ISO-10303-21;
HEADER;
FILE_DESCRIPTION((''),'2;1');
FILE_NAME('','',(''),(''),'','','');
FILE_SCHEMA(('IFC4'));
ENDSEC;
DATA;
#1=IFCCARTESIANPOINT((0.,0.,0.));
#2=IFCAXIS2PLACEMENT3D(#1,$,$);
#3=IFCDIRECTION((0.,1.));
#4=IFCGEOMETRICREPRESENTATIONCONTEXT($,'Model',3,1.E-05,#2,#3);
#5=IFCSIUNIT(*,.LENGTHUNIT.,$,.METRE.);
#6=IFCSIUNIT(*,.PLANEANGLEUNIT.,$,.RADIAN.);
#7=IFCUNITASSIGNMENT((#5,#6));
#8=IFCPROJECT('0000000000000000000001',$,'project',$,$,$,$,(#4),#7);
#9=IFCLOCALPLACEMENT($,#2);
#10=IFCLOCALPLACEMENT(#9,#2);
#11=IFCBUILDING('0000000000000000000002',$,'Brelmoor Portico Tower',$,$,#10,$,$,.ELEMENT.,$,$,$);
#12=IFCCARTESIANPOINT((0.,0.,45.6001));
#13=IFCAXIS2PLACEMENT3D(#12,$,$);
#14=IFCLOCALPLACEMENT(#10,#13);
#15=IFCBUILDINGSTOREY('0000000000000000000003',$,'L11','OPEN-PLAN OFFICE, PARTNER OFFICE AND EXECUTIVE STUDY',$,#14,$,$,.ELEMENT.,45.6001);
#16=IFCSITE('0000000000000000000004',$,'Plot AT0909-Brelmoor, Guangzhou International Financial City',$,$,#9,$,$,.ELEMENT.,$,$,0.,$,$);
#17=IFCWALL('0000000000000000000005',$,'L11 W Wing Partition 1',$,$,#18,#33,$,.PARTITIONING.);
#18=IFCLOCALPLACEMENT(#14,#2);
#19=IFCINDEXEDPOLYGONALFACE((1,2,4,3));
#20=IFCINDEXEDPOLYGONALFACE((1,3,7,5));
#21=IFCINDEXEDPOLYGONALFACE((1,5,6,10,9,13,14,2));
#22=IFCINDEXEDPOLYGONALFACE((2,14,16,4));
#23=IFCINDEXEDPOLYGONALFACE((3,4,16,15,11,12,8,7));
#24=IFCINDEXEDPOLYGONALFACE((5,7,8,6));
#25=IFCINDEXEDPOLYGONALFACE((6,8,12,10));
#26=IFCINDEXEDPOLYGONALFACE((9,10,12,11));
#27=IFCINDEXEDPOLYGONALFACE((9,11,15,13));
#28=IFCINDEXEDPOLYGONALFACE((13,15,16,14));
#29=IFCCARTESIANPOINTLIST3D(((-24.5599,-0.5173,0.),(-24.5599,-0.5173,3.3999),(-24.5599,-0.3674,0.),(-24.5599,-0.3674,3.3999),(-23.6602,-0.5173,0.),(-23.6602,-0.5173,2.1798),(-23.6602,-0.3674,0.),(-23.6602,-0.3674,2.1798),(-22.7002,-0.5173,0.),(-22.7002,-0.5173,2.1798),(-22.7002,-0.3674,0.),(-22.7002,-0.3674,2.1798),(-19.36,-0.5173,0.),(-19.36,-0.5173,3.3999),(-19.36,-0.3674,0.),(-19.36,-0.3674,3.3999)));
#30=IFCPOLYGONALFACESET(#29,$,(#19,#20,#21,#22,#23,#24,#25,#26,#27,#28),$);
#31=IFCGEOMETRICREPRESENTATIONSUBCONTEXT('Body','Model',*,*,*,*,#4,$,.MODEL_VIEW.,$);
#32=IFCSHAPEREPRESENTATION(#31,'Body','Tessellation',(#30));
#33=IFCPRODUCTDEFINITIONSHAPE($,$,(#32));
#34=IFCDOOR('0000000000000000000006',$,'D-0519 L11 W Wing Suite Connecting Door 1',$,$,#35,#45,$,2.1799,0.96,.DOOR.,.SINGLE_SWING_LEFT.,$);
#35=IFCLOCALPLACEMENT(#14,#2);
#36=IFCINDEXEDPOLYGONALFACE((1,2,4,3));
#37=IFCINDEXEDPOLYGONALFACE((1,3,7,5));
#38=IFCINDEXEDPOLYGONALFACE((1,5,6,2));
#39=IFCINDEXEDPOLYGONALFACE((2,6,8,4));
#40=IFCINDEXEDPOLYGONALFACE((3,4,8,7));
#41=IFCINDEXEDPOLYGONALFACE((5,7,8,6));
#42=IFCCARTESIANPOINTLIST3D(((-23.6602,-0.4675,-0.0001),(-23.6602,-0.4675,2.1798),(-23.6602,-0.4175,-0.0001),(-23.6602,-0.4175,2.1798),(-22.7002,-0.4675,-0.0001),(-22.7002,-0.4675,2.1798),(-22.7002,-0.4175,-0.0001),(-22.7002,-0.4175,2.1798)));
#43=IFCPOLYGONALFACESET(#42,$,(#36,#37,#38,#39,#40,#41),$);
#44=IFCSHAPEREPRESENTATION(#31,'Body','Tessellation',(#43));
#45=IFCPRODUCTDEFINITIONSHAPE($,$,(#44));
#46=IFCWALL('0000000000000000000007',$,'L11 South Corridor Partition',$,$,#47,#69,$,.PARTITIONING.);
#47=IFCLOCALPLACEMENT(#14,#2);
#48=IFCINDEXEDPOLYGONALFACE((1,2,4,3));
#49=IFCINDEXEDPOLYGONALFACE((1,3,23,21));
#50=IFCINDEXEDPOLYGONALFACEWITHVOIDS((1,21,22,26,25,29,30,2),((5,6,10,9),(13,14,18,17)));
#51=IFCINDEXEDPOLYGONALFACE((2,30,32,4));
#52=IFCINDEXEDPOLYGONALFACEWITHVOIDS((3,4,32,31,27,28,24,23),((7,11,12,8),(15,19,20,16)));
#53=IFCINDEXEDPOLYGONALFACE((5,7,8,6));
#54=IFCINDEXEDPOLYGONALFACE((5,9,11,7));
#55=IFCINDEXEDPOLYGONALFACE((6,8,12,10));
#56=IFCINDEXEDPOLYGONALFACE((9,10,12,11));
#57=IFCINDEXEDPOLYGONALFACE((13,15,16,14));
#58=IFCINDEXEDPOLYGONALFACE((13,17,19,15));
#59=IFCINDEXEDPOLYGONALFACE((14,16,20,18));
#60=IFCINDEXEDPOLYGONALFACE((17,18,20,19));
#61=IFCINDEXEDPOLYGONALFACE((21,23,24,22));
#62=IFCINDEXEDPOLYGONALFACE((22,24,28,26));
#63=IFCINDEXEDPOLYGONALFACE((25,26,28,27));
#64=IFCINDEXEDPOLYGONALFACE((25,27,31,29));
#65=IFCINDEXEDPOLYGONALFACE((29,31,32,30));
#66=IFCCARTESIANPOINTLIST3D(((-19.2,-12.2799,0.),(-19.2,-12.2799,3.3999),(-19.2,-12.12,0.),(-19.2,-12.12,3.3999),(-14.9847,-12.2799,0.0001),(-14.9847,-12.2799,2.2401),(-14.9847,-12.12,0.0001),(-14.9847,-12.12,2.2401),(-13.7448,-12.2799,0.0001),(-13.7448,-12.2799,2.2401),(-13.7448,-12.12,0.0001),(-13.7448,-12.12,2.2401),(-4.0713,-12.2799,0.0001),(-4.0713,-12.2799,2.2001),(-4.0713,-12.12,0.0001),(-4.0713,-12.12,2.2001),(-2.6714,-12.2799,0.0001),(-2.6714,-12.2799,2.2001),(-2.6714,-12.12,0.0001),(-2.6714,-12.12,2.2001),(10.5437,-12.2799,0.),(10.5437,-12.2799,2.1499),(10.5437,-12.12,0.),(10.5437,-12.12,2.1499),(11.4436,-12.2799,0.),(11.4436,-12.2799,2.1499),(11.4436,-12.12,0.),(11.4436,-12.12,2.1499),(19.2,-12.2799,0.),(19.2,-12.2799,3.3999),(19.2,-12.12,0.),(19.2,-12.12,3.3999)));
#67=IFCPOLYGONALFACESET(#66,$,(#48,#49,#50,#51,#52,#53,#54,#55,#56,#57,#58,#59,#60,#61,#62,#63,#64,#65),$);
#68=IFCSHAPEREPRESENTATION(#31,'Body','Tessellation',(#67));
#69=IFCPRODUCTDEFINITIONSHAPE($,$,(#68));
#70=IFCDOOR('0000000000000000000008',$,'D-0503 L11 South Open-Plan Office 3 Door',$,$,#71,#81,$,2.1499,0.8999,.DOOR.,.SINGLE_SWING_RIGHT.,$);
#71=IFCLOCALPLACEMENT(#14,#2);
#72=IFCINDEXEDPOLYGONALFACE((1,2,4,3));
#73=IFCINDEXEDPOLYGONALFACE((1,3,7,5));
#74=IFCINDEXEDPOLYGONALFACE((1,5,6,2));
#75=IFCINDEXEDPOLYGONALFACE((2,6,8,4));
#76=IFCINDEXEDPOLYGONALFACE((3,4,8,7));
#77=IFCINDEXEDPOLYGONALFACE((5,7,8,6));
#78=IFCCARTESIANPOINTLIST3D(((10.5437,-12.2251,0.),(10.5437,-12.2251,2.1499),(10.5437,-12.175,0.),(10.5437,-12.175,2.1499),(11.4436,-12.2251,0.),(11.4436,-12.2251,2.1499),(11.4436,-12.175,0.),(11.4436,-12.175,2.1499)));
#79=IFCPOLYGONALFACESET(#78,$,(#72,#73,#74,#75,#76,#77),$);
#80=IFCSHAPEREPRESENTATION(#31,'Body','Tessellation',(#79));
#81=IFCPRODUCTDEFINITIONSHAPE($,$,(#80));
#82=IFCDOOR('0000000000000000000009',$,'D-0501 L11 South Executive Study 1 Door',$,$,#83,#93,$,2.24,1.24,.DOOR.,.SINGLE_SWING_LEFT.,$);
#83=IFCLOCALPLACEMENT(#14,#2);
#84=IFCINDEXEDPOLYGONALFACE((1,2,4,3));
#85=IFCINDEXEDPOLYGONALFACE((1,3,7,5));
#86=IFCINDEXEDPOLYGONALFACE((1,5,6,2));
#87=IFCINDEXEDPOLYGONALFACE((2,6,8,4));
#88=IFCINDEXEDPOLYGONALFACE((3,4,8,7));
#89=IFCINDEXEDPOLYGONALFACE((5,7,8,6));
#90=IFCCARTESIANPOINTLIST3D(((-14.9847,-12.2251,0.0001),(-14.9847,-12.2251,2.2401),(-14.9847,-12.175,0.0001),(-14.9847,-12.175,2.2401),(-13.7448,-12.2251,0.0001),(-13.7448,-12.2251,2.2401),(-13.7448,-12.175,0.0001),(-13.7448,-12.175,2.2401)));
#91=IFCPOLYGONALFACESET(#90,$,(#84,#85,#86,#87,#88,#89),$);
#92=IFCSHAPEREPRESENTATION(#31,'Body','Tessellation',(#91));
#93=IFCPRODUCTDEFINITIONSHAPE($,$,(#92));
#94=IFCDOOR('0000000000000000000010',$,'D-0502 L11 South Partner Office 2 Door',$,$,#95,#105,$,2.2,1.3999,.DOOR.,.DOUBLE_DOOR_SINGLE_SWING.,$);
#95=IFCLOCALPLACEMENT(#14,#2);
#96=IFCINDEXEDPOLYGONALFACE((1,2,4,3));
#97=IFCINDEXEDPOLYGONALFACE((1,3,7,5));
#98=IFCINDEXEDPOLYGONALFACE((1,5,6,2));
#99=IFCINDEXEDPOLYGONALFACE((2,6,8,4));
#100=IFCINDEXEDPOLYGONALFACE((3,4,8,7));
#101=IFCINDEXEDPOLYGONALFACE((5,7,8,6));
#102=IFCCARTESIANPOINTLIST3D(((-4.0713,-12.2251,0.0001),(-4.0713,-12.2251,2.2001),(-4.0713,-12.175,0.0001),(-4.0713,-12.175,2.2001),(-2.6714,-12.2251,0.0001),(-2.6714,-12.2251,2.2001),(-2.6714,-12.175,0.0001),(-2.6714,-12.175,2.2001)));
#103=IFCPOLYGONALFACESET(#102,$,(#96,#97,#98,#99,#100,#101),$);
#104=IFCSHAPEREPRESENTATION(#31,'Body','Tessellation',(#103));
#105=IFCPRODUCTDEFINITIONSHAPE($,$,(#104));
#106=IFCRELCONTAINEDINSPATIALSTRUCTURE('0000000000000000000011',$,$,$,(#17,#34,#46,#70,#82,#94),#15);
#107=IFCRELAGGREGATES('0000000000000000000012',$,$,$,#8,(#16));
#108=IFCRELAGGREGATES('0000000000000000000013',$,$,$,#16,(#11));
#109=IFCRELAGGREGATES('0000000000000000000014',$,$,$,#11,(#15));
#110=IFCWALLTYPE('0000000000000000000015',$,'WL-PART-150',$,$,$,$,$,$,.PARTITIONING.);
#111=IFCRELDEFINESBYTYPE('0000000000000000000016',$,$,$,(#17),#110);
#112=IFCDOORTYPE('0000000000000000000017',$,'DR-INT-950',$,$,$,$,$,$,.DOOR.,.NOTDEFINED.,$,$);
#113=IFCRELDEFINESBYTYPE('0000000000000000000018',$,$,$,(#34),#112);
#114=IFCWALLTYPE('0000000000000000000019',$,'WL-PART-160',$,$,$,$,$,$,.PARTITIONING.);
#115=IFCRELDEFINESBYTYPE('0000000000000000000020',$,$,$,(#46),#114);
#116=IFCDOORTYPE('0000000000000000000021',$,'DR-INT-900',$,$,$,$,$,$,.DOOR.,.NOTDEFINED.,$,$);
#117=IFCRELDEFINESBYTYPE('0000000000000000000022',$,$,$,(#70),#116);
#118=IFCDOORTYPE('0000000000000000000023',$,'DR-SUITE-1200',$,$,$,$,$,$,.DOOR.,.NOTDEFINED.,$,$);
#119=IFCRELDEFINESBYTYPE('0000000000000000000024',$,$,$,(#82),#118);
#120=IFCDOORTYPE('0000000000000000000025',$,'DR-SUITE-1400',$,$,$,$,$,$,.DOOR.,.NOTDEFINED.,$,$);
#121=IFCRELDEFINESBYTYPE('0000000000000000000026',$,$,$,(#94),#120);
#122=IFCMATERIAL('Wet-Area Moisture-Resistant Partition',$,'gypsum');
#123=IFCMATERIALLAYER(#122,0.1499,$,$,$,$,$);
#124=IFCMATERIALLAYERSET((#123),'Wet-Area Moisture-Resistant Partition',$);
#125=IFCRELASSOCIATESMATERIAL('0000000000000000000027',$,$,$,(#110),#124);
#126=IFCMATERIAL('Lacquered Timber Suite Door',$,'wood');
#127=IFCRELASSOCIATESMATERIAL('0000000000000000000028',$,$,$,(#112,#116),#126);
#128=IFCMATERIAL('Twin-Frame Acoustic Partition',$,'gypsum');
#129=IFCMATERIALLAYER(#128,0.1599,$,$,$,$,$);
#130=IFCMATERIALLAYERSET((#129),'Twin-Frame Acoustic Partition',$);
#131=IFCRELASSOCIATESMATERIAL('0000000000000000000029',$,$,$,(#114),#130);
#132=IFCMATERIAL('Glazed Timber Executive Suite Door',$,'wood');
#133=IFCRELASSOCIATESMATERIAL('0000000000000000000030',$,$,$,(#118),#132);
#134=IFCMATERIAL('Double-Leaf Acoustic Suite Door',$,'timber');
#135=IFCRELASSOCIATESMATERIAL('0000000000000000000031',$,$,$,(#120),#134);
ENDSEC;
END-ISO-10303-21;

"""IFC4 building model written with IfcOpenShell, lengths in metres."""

from ifc_helpers import new_model, si_unit, direction, frame, frame_2d, origin, place, context, subcontext, project, spatial, rectangle, extrude, material, layer, layer_set, type_object, element, fill, save


model = new_model("IFC4")

# Units and contexts
model_context = context("Model", 3, precision=1e-05, world=origin(), true_north=direction((0.0, 1.0)))
body_context = subcontext(model_context, "Body", "Model", "MODEL_VIEW")
ifc_project = project(units=[si_unit("LENGTHUNIT", "METRE"), si_unit("PLANEANGLEUNIT", "RADIAN")], contexts=[model_context])

# Site, building, storey
site_placement = place(None, origin())
site = spatial("IfcSite", under=ifc_project, at=site_placement, Name="Plot AT0909-Brelmoor, Guangzhou International Financial City", CompositionType="ELEMENT", RefElevation=0.0)
building_placement = place(site_placement, origin())
building = spatial("IfcBuilding", under=site, at=building_placement, Name="Brelmoor Portico Tower", CompositionType="ELEMENT")
storey_placement = place(building_placement, frame((0.0, 0.0, 45.6001)))
storey = spatial("IfcBuildingStorey", under=building, at=storey_placement, Name="L11", Description="OPEN-PLAN OFFICE, PARTNER OFFICE AND EXECUTIVE STUDY", CompositionType="ELEMENT", Elevation=45.6001)

# Wall, opening, door
ifc_material_1 = material(Name="Wet-Area Moisture-Resistant Partition", Category="gypsum")
ifc_layer_1 = layer(ifc_material_1, 0.1499)
ifc_layer_set_1 = layer_set([ifc_layer_1], Name="Wet-Area Moisture-Resistant Partition")
wall_type_1 = type_object("IfcWallType", Name="WL-PART-150", PredefinedType="PARTITIONING", material=ifc_layer_set_1)
wall_1_placement = place(storey_placement, frame((-24.5601, -0.4424, 0.0), z_axis=(0.0, 0.0, 1.0), x_axis=(1.0, 0.0, 0.0)))
wall_1 = element("IfcWall", 1, at=wall_1_placement, inside=storey, type_object=wall_type_1, Name="L11 W Wing Partition 1", PredefinedType="PARTITIONING", context=body_context, shape_type="SweptSolid", body=[
    extrude(rectangle(XDim=5.2, YDim=0.1499, at=frame_2d((2.6001, 0.0))), origin(), (0.0, 0.0, 1.0), 3.3999),
])
opening_1_placement = place(wall_1_placement, frame((0.8999, 0.0, 0.0)))
opening_1 = element("IfcOpeningElement", 2, at=opening_1_placement, cuts=wall_1, PredefinedType="OPENING", context=body_context, shape_type="SweptSolid", body=[
    extrude(rectangle(XDim=0.96, YDim=2.1799, at=frame_2d((0.48, 1.0898))), frame((0.0, 0.085, 0.0), z_axis=(0.0, -1.0, 0.0), x_axis=(1.0, 0.0, 0.0)), (0.0, 0.0, 1.0), 0.1699),
])
ifc_material_2 = material(Name="Lacquered Timber Suite Door", Category="wood")
door_type_1 = type_object("IfcDoorType", Name="DR-INT-950", OperationType="NOTDEFINED", PredefinedType="DOOR", material=ifc_material_2)
door_1_placement = place(opening_1_placement, origin())
door_1 = element("IfcDoor", 3, at=door_1_placement, inside=storey, type_object=door_type_1, Name="D-0519 L11 W Wing Suite Connecting Door 1", OperationType="SINGLE_SWING_LEFT", OverallHeight=2.1799, OverallWidth=0.96, PredefinedType="DOOR", context=body_context, shape_type="SweptSolid", body=[
    extrude(rectangle(XDim=0.96, YDim=2.1799, at=frame_2d((0.48, 1.0898))), frame((0.0, 0.0249, 0.0), z_axis=(0.0, -1.0, 0.0), x_axis=(1.0, 0.0, 0.0)), (0.0, 0.0, 1.0), 0.05),
])
fill(opening_1, door_1)

# Wall, openings, doors
ifc_material_3 = material(Name="Twin-Frame Acoustic Partition", Category="gypsum")
ifc_layer_2 = layer(ifc_material_3, 0.1599)
ifc_layer_set_2 = layer_set([ifc_layer_2], Name="Twin-Frame Acoustic Partition")
wall_type_2 = type_object("IfcWallType", Name="WL-PART-160", PredefinedType="PARTITIONING", material=ifc_layer_set_2)
wall_2_placement = place(storey_placement, frame((-19.2, -12.2, 0.0), z_axis=(0.0, 0.0, 1.0), x_axis=(1.0, 0.0, 0.0)))
wall_2 = element("IfcWall", 4, at=wall_2_placement, inside=storey, type_object=wall_type_2, Name="L11 South Corridor Partition", PredefinedType="PARTITIONING", context=body_context, shape_type="SweptSolid", body=[
    extrude(rectangle(XDim=38.3999, YDim=0.1599, at=frame_2d((19.2, 0.0))), origin(), (0.0, 0.0, 1.0), 3.3999),
])
opening_2_placement = place(wall_2_placement, frame((4.2151, 0.0, 0.0)))
opening_2 = element("IfcOpeningElement", 5, at=opening_2_placement, cuts=wall_2, PredefinedType="OPENING", context=body_context, shape_type="SweptSolid", body=[
    extrude(rectangle(XDim=1.24, YDim=2.24, at=frame_2d((0.6201, 1.1201))), frame((0.0, 0.0898, 0.0), z_axis=(0.0, -1.0, 0.0), x_axis=(1.0, 0.0, 0.0)), (0.0, 0.0, 1.0), 0.1799),
])
opening_3_placement = place(wall_2_placement, frame((15.1287, 0.0, 0.0)))
opening_3 = element("IfcOpeningElement", 6, at=opening_3_placement, cuts=wall_2, PredefinedType="OPENING", context=body_context, shape_type="SweptSolid", body=[
    extrude(rectangle(XDim=1.3999, YDim=2.2, at=frame_2d((0.7, 1.1001))), frame((0.0, 0.0898, 0.0), z_axis=(0.0, -1.0, 0.0), x_axis=(1.0, 0.0, 0.0)), (0.0, 0.0, 1.0), 0.1799),
])
opening_4_placement = place(wall_2_placement, frame((29.7437, 0.0, 0.0)))
opening_4 = element("IfcOpeningElement", 7, at=opening_4_placement, cuts=wall_2, PredefinedType="OPENING", context=body_context, shape_type="SweptSolid", body=[
    extrude(rectangle(XDim=0.8999, YDim=2.1499, at=frame_2d((0.45, 1.075))), frame((0.0, 0.0898, 0.0), z_axis=(0.0, -1.0, 0.0), x_axis=(1.0, 0.0, 0.0)), (0.0, 0.0, 1.0), 0.1799),
])
door_type_2 = type_object("IfcDoorType", Name="DR-INT-900", OperationType="NOTDEFINED", PredefinedType="DOOR", material=ifc_material_2)
door_2_placement = place(opening_4_placement, origin())
door_2 = element("IfcDoor", 8, at=door_2_placement, inside=storey, type_object=door_type_2, Name="D-0503 L11 South Open-Plan Office 3 Door", OperationType="SINGLE_SWING_RIGHT", OverallHeight=2.1499, OverallWidth=0.8999, PredefinedType="DOOR", context=body_context, shape_type="SweptSolid", body=[
    extrude(rectangle(XDim=0.8999, YDim=2.1499, at=frame_2d((0.45, 1.075))), frame((0.0, 0.0249, 0.0), z_axis=(0.0, -1.0, 0.0), x_axis=(1.0, 0.0, 0.0)), (0.0, 0.0, 1.0), 0.05),
])
fill(opening_4, door_2)
ifc_material_4 = material(Name="Glazed Timber Executive Suite Door", Category="wood")
door_type_3 = type_object("IfcDoorType", Name="DR-SUITE-1200", OperationType="NOTDEFINED", PredefinedType="DOOR", material=ifc_material_4)
door_3_placement = place(opening_2_placement, origin())
door_3 = element("IfcDoor", 9, at=door_3_placement, inside=storey, type_object=door_type_3, Name="D-0501 L11 South Executive Study 1 Door", OperationType="SINGLE_SWING_LEFT", OverallHeight=2.24, OverallWidth=1.24, PredefinedType="DOOR", context=body_context, shape_type="SweptSolid", body=[
    extrude(rectangle(XDim=1.24, YDim=2.24, at=frame_2d((0.6201, 1.1201))), frame((0.0, 0.0249, 0.0), z_axis=(0.0, -1.0, 0.0), x_axis=(1.0, 0.0, 0.0)), (0.0, 0.0, 1.0), 0.05),
])
fill(opening_2, door_3)
ifc_material_5 = material(Name="Double-Leaf Acoustic Suite Door", Category="timber")
door_type_4 = type_object("IfcDoorType", Name="DR-SUITE-1400", OperationType="NOTDEFINED", PredefinedType="DOOR", material=ifc_material_5)
door_4_placement = place(opening_3_placement, origin())
door_4 = element("IfcDoor", 10, at=door_4_placement, inside=storey, type_object=door_type_4, Name="D-0502 L11 South Partner Office 2 Door", OperationType="DOUBLE_DOOR_SINGLE_SWING", OverallHeight=2.2, OverallWidth=1.3999, PredefinedType="DOOR", context=body_context, shape_type="SweptSolid", body=[
    extrude(rectangle(XDim=1.3999, YDim=2.2, at=frame_2d((0.7, 1.1001))), frame((0.0, 0.0249, 0.0), z_axis=(0.0, -1.0, 0.0), x_axis=(1.0, 0.0, 0.0)), (0.0, 0.0, 1.0), 0.05),
])
fill(opening_3, door_4)

save(model, "model.ifc")
